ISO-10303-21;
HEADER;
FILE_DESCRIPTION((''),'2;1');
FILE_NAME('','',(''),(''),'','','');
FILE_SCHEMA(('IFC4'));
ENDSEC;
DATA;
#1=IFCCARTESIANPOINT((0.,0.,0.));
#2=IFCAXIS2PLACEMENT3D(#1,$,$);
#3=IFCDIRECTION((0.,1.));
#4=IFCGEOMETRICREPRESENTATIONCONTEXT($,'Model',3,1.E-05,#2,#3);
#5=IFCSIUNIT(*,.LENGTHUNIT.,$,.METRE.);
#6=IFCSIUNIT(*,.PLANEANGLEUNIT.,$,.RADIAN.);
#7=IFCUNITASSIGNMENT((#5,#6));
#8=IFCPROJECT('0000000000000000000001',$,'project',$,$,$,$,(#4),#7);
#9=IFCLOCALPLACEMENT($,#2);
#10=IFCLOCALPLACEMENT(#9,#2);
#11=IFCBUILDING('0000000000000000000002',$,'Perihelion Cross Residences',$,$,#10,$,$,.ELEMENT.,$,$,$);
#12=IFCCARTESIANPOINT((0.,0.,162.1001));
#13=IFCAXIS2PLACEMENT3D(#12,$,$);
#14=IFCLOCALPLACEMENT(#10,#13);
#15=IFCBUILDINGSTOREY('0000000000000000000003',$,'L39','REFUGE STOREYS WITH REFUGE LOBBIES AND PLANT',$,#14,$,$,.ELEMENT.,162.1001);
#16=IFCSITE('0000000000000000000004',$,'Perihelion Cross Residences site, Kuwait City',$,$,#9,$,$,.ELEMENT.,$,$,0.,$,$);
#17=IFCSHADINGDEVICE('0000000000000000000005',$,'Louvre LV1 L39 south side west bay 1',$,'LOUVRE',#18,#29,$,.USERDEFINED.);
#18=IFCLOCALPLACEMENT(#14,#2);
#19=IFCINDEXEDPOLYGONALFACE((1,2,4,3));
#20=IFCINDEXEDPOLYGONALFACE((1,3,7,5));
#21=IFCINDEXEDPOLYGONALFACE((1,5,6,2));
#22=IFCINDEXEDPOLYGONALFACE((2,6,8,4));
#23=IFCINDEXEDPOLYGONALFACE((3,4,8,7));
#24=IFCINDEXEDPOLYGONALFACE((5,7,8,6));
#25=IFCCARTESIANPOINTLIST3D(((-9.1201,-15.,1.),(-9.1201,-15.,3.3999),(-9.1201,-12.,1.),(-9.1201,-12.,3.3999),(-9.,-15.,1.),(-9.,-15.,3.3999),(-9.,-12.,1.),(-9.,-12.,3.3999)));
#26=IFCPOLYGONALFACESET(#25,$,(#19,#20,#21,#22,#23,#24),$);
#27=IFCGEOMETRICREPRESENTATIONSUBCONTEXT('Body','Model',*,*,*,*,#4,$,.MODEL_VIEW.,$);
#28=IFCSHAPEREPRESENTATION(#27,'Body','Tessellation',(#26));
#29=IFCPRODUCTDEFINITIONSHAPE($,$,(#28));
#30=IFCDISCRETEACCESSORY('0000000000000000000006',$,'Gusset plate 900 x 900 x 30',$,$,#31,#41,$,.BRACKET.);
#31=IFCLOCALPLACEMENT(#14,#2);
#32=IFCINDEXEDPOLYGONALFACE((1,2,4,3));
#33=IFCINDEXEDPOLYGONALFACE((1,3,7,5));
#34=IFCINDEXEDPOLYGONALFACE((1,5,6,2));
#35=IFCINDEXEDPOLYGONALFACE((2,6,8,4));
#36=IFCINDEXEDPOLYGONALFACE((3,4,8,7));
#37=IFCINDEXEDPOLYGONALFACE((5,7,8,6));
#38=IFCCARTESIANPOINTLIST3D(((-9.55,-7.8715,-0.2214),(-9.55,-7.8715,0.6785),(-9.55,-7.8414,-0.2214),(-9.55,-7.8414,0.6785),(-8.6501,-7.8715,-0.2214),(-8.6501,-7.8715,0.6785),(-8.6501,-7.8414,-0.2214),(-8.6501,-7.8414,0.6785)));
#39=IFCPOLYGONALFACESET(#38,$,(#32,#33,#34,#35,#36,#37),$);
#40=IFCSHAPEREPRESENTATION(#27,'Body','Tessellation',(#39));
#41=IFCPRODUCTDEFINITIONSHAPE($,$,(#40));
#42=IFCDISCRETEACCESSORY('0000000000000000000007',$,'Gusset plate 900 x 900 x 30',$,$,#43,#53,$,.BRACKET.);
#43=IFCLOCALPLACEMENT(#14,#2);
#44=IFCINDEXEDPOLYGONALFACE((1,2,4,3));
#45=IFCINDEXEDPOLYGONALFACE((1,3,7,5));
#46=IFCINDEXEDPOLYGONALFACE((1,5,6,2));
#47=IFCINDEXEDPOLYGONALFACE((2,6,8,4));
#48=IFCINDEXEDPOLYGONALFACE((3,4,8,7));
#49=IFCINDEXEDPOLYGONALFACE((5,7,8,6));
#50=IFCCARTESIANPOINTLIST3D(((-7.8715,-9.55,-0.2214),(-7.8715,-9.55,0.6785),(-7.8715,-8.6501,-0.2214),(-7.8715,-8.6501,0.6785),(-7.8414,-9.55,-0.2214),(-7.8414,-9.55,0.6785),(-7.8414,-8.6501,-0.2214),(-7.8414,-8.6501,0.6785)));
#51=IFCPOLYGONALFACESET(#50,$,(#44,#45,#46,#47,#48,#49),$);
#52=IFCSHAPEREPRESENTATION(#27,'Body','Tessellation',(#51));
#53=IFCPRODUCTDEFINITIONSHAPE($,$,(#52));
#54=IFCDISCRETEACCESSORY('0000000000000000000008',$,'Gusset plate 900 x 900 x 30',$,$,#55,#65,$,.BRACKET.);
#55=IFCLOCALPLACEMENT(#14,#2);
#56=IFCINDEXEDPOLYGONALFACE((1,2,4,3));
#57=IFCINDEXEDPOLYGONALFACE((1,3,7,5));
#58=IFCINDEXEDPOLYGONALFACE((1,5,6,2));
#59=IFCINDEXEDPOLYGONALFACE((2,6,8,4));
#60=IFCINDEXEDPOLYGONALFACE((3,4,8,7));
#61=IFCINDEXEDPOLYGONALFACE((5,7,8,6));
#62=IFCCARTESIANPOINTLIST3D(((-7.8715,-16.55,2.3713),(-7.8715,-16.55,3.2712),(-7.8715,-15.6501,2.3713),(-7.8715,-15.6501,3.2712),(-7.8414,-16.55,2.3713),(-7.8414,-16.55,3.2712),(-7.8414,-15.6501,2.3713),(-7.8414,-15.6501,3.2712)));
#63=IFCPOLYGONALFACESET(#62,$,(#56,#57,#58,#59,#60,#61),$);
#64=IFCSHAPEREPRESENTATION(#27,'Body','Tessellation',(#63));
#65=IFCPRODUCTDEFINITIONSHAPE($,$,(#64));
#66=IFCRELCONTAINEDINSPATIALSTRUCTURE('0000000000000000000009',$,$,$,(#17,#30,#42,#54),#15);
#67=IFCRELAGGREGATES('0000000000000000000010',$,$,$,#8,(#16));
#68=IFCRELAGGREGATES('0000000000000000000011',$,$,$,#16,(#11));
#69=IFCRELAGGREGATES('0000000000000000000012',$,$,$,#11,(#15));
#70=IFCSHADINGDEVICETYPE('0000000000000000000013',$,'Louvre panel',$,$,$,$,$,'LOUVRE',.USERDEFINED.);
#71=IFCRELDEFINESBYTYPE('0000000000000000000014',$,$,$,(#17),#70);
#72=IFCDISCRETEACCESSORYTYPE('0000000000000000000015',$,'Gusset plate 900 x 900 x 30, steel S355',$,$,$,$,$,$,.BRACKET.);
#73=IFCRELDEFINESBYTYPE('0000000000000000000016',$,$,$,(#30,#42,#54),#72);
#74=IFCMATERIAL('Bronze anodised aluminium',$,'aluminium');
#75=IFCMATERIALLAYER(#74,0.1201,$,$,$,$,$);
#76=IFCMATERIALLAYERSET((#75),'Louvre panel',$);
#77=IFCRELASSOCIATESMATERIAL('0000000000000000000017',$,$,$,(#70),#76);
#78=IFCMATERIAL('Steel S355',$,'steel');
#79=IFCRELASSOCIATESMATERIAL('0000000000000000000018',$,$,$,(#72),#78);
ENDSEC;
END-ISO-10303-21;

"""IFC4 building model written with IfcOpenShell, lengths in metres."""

from ifc_helpers import new_model, si_unit, direction, frame, origin, origin_2d, place, context, subcontext, project, spatial, rectangle, extrude, material, layer, layer_set, type_object, element, save


model = new_model("IFC4")

# Units and contexts
model_context = context("Model", 3, precision=1e-05, world=origin(), true_north=direction((0.0, 1.0)))
body_context = subcontext(model_context, "Body", "Model", "MODEL_VIEW")
ifc_project = project(units=[si_unit("LENGTHUNIT", "METRE"), si_unit("PLANEANGLEUNIT", "RADIAN")], contexts=[model_context])

# Site, building, storey
site_placement = place(None, origin())
site = spatial("IfcSite", under=ifc_project, at=site_placement, Name="Perihelion Cross Residences site, Kuwait City", CompositionType="ELEMENT", RefElevation=0.0)
building_placement = place(site_placement, origin())
building = spatial("IfcBuilding", under=site, at=building_placement, Name="Perihelion Cross Residences", CompositionType="ELEMENT")
storey_placement = place(building_placement, frame((0.0, 0.0, 162.1001)))
storey = spatial("IfcBuildingStorey", under=building, at=storey_placement, Name="L39", Description="REFUGE STOREYS WITH REFUGE LOBBIES AND PLANT", CompositionType="ELEMENT", Elevation=162.1001)

# Shading device
ifc_material_1 = material(Name="Bronze anodised aluminium", Category="aluminium")
ifc_layer_1 = layer(ifc_material_1, 0.1201)
ifc_layer_set_1 = layer_set([ifc_layer_1], Name="Louvre panel")
shading_device_type = type_object("IfcShadingDeviceType", Name="Louvre panel", ElementType="LOUVRE", PredefinedType="USERDEFINED", material=ifc_layer_set_1)
shading_device_placement = place(storey_placement, frame((-9.0601, -13.5, 1.0), z_axis=(0.0, 0.0, 1.0), x_axis=(0.0, -1.0, 0.0)))
element("IfcShadingDevice", 1, at=shading_device_placement, inside=storey, type_object=shading_device_type, Name="Louvre LV1 L39 south side west bay 1", ObjectType="LOUVRE", PredefinedType="USERDEFINED", context=body_context, shape_type="SweptSolid", body=[
    extrude(rectangle(XDim=3.0, YDim=0.1201, at=origin_2d()), origin(), (0.0, 0.0, 1.0), 2.3999),
])

# Discrete accessories
ifc_material_2 = material(Name="Steel S355", Category="steel")
discrete_accessory_type = type_object("IfcDiscreteAccessoryType", Name="Gusset plate 900 x 900 x 30, steel S355", PredefinedType="BRACKET", material=ifc_material_2)
for number, where, z_axis, x_axis, name in (
    (2, (-9.1001, -7.8564, -0.2214), (0.0, 0.0, 1.0), (-1.0, 0.0, 0.0), "Gusset plate 900 x 900 x 30"),
    (3, (-7.8564, -9.1001, -0.2214), (0.0, 0.0, 1.0), (0.0, -1.0, 0.0), "Gusset plate 900 x 900 x 30"),
    (4, (-7.8564, -16.1001, 2.3713), (0.0, 0.0, 1.0), (0.0, 1.0, 0.0), "Gusset plate 900 x 900 x 30"),
):
    element("IfcDiscreteAccessory", number, at=place(storey_placement, frame(where, z_axis=z_axis, x_axis=x_axis)), inside=storey, type_object=discrete_accessory_type, Name=name, PredefinedType="BRACKET", context=body_context, shape_type="SweptSolid", body=[
        extrude(rectangle(XDim=0.8999, YDim=0.03, at=origin_2d()), origin(), (0.0, 0.0, 1.0), 0.8999),
    ])

save(model, "model.ifc")
